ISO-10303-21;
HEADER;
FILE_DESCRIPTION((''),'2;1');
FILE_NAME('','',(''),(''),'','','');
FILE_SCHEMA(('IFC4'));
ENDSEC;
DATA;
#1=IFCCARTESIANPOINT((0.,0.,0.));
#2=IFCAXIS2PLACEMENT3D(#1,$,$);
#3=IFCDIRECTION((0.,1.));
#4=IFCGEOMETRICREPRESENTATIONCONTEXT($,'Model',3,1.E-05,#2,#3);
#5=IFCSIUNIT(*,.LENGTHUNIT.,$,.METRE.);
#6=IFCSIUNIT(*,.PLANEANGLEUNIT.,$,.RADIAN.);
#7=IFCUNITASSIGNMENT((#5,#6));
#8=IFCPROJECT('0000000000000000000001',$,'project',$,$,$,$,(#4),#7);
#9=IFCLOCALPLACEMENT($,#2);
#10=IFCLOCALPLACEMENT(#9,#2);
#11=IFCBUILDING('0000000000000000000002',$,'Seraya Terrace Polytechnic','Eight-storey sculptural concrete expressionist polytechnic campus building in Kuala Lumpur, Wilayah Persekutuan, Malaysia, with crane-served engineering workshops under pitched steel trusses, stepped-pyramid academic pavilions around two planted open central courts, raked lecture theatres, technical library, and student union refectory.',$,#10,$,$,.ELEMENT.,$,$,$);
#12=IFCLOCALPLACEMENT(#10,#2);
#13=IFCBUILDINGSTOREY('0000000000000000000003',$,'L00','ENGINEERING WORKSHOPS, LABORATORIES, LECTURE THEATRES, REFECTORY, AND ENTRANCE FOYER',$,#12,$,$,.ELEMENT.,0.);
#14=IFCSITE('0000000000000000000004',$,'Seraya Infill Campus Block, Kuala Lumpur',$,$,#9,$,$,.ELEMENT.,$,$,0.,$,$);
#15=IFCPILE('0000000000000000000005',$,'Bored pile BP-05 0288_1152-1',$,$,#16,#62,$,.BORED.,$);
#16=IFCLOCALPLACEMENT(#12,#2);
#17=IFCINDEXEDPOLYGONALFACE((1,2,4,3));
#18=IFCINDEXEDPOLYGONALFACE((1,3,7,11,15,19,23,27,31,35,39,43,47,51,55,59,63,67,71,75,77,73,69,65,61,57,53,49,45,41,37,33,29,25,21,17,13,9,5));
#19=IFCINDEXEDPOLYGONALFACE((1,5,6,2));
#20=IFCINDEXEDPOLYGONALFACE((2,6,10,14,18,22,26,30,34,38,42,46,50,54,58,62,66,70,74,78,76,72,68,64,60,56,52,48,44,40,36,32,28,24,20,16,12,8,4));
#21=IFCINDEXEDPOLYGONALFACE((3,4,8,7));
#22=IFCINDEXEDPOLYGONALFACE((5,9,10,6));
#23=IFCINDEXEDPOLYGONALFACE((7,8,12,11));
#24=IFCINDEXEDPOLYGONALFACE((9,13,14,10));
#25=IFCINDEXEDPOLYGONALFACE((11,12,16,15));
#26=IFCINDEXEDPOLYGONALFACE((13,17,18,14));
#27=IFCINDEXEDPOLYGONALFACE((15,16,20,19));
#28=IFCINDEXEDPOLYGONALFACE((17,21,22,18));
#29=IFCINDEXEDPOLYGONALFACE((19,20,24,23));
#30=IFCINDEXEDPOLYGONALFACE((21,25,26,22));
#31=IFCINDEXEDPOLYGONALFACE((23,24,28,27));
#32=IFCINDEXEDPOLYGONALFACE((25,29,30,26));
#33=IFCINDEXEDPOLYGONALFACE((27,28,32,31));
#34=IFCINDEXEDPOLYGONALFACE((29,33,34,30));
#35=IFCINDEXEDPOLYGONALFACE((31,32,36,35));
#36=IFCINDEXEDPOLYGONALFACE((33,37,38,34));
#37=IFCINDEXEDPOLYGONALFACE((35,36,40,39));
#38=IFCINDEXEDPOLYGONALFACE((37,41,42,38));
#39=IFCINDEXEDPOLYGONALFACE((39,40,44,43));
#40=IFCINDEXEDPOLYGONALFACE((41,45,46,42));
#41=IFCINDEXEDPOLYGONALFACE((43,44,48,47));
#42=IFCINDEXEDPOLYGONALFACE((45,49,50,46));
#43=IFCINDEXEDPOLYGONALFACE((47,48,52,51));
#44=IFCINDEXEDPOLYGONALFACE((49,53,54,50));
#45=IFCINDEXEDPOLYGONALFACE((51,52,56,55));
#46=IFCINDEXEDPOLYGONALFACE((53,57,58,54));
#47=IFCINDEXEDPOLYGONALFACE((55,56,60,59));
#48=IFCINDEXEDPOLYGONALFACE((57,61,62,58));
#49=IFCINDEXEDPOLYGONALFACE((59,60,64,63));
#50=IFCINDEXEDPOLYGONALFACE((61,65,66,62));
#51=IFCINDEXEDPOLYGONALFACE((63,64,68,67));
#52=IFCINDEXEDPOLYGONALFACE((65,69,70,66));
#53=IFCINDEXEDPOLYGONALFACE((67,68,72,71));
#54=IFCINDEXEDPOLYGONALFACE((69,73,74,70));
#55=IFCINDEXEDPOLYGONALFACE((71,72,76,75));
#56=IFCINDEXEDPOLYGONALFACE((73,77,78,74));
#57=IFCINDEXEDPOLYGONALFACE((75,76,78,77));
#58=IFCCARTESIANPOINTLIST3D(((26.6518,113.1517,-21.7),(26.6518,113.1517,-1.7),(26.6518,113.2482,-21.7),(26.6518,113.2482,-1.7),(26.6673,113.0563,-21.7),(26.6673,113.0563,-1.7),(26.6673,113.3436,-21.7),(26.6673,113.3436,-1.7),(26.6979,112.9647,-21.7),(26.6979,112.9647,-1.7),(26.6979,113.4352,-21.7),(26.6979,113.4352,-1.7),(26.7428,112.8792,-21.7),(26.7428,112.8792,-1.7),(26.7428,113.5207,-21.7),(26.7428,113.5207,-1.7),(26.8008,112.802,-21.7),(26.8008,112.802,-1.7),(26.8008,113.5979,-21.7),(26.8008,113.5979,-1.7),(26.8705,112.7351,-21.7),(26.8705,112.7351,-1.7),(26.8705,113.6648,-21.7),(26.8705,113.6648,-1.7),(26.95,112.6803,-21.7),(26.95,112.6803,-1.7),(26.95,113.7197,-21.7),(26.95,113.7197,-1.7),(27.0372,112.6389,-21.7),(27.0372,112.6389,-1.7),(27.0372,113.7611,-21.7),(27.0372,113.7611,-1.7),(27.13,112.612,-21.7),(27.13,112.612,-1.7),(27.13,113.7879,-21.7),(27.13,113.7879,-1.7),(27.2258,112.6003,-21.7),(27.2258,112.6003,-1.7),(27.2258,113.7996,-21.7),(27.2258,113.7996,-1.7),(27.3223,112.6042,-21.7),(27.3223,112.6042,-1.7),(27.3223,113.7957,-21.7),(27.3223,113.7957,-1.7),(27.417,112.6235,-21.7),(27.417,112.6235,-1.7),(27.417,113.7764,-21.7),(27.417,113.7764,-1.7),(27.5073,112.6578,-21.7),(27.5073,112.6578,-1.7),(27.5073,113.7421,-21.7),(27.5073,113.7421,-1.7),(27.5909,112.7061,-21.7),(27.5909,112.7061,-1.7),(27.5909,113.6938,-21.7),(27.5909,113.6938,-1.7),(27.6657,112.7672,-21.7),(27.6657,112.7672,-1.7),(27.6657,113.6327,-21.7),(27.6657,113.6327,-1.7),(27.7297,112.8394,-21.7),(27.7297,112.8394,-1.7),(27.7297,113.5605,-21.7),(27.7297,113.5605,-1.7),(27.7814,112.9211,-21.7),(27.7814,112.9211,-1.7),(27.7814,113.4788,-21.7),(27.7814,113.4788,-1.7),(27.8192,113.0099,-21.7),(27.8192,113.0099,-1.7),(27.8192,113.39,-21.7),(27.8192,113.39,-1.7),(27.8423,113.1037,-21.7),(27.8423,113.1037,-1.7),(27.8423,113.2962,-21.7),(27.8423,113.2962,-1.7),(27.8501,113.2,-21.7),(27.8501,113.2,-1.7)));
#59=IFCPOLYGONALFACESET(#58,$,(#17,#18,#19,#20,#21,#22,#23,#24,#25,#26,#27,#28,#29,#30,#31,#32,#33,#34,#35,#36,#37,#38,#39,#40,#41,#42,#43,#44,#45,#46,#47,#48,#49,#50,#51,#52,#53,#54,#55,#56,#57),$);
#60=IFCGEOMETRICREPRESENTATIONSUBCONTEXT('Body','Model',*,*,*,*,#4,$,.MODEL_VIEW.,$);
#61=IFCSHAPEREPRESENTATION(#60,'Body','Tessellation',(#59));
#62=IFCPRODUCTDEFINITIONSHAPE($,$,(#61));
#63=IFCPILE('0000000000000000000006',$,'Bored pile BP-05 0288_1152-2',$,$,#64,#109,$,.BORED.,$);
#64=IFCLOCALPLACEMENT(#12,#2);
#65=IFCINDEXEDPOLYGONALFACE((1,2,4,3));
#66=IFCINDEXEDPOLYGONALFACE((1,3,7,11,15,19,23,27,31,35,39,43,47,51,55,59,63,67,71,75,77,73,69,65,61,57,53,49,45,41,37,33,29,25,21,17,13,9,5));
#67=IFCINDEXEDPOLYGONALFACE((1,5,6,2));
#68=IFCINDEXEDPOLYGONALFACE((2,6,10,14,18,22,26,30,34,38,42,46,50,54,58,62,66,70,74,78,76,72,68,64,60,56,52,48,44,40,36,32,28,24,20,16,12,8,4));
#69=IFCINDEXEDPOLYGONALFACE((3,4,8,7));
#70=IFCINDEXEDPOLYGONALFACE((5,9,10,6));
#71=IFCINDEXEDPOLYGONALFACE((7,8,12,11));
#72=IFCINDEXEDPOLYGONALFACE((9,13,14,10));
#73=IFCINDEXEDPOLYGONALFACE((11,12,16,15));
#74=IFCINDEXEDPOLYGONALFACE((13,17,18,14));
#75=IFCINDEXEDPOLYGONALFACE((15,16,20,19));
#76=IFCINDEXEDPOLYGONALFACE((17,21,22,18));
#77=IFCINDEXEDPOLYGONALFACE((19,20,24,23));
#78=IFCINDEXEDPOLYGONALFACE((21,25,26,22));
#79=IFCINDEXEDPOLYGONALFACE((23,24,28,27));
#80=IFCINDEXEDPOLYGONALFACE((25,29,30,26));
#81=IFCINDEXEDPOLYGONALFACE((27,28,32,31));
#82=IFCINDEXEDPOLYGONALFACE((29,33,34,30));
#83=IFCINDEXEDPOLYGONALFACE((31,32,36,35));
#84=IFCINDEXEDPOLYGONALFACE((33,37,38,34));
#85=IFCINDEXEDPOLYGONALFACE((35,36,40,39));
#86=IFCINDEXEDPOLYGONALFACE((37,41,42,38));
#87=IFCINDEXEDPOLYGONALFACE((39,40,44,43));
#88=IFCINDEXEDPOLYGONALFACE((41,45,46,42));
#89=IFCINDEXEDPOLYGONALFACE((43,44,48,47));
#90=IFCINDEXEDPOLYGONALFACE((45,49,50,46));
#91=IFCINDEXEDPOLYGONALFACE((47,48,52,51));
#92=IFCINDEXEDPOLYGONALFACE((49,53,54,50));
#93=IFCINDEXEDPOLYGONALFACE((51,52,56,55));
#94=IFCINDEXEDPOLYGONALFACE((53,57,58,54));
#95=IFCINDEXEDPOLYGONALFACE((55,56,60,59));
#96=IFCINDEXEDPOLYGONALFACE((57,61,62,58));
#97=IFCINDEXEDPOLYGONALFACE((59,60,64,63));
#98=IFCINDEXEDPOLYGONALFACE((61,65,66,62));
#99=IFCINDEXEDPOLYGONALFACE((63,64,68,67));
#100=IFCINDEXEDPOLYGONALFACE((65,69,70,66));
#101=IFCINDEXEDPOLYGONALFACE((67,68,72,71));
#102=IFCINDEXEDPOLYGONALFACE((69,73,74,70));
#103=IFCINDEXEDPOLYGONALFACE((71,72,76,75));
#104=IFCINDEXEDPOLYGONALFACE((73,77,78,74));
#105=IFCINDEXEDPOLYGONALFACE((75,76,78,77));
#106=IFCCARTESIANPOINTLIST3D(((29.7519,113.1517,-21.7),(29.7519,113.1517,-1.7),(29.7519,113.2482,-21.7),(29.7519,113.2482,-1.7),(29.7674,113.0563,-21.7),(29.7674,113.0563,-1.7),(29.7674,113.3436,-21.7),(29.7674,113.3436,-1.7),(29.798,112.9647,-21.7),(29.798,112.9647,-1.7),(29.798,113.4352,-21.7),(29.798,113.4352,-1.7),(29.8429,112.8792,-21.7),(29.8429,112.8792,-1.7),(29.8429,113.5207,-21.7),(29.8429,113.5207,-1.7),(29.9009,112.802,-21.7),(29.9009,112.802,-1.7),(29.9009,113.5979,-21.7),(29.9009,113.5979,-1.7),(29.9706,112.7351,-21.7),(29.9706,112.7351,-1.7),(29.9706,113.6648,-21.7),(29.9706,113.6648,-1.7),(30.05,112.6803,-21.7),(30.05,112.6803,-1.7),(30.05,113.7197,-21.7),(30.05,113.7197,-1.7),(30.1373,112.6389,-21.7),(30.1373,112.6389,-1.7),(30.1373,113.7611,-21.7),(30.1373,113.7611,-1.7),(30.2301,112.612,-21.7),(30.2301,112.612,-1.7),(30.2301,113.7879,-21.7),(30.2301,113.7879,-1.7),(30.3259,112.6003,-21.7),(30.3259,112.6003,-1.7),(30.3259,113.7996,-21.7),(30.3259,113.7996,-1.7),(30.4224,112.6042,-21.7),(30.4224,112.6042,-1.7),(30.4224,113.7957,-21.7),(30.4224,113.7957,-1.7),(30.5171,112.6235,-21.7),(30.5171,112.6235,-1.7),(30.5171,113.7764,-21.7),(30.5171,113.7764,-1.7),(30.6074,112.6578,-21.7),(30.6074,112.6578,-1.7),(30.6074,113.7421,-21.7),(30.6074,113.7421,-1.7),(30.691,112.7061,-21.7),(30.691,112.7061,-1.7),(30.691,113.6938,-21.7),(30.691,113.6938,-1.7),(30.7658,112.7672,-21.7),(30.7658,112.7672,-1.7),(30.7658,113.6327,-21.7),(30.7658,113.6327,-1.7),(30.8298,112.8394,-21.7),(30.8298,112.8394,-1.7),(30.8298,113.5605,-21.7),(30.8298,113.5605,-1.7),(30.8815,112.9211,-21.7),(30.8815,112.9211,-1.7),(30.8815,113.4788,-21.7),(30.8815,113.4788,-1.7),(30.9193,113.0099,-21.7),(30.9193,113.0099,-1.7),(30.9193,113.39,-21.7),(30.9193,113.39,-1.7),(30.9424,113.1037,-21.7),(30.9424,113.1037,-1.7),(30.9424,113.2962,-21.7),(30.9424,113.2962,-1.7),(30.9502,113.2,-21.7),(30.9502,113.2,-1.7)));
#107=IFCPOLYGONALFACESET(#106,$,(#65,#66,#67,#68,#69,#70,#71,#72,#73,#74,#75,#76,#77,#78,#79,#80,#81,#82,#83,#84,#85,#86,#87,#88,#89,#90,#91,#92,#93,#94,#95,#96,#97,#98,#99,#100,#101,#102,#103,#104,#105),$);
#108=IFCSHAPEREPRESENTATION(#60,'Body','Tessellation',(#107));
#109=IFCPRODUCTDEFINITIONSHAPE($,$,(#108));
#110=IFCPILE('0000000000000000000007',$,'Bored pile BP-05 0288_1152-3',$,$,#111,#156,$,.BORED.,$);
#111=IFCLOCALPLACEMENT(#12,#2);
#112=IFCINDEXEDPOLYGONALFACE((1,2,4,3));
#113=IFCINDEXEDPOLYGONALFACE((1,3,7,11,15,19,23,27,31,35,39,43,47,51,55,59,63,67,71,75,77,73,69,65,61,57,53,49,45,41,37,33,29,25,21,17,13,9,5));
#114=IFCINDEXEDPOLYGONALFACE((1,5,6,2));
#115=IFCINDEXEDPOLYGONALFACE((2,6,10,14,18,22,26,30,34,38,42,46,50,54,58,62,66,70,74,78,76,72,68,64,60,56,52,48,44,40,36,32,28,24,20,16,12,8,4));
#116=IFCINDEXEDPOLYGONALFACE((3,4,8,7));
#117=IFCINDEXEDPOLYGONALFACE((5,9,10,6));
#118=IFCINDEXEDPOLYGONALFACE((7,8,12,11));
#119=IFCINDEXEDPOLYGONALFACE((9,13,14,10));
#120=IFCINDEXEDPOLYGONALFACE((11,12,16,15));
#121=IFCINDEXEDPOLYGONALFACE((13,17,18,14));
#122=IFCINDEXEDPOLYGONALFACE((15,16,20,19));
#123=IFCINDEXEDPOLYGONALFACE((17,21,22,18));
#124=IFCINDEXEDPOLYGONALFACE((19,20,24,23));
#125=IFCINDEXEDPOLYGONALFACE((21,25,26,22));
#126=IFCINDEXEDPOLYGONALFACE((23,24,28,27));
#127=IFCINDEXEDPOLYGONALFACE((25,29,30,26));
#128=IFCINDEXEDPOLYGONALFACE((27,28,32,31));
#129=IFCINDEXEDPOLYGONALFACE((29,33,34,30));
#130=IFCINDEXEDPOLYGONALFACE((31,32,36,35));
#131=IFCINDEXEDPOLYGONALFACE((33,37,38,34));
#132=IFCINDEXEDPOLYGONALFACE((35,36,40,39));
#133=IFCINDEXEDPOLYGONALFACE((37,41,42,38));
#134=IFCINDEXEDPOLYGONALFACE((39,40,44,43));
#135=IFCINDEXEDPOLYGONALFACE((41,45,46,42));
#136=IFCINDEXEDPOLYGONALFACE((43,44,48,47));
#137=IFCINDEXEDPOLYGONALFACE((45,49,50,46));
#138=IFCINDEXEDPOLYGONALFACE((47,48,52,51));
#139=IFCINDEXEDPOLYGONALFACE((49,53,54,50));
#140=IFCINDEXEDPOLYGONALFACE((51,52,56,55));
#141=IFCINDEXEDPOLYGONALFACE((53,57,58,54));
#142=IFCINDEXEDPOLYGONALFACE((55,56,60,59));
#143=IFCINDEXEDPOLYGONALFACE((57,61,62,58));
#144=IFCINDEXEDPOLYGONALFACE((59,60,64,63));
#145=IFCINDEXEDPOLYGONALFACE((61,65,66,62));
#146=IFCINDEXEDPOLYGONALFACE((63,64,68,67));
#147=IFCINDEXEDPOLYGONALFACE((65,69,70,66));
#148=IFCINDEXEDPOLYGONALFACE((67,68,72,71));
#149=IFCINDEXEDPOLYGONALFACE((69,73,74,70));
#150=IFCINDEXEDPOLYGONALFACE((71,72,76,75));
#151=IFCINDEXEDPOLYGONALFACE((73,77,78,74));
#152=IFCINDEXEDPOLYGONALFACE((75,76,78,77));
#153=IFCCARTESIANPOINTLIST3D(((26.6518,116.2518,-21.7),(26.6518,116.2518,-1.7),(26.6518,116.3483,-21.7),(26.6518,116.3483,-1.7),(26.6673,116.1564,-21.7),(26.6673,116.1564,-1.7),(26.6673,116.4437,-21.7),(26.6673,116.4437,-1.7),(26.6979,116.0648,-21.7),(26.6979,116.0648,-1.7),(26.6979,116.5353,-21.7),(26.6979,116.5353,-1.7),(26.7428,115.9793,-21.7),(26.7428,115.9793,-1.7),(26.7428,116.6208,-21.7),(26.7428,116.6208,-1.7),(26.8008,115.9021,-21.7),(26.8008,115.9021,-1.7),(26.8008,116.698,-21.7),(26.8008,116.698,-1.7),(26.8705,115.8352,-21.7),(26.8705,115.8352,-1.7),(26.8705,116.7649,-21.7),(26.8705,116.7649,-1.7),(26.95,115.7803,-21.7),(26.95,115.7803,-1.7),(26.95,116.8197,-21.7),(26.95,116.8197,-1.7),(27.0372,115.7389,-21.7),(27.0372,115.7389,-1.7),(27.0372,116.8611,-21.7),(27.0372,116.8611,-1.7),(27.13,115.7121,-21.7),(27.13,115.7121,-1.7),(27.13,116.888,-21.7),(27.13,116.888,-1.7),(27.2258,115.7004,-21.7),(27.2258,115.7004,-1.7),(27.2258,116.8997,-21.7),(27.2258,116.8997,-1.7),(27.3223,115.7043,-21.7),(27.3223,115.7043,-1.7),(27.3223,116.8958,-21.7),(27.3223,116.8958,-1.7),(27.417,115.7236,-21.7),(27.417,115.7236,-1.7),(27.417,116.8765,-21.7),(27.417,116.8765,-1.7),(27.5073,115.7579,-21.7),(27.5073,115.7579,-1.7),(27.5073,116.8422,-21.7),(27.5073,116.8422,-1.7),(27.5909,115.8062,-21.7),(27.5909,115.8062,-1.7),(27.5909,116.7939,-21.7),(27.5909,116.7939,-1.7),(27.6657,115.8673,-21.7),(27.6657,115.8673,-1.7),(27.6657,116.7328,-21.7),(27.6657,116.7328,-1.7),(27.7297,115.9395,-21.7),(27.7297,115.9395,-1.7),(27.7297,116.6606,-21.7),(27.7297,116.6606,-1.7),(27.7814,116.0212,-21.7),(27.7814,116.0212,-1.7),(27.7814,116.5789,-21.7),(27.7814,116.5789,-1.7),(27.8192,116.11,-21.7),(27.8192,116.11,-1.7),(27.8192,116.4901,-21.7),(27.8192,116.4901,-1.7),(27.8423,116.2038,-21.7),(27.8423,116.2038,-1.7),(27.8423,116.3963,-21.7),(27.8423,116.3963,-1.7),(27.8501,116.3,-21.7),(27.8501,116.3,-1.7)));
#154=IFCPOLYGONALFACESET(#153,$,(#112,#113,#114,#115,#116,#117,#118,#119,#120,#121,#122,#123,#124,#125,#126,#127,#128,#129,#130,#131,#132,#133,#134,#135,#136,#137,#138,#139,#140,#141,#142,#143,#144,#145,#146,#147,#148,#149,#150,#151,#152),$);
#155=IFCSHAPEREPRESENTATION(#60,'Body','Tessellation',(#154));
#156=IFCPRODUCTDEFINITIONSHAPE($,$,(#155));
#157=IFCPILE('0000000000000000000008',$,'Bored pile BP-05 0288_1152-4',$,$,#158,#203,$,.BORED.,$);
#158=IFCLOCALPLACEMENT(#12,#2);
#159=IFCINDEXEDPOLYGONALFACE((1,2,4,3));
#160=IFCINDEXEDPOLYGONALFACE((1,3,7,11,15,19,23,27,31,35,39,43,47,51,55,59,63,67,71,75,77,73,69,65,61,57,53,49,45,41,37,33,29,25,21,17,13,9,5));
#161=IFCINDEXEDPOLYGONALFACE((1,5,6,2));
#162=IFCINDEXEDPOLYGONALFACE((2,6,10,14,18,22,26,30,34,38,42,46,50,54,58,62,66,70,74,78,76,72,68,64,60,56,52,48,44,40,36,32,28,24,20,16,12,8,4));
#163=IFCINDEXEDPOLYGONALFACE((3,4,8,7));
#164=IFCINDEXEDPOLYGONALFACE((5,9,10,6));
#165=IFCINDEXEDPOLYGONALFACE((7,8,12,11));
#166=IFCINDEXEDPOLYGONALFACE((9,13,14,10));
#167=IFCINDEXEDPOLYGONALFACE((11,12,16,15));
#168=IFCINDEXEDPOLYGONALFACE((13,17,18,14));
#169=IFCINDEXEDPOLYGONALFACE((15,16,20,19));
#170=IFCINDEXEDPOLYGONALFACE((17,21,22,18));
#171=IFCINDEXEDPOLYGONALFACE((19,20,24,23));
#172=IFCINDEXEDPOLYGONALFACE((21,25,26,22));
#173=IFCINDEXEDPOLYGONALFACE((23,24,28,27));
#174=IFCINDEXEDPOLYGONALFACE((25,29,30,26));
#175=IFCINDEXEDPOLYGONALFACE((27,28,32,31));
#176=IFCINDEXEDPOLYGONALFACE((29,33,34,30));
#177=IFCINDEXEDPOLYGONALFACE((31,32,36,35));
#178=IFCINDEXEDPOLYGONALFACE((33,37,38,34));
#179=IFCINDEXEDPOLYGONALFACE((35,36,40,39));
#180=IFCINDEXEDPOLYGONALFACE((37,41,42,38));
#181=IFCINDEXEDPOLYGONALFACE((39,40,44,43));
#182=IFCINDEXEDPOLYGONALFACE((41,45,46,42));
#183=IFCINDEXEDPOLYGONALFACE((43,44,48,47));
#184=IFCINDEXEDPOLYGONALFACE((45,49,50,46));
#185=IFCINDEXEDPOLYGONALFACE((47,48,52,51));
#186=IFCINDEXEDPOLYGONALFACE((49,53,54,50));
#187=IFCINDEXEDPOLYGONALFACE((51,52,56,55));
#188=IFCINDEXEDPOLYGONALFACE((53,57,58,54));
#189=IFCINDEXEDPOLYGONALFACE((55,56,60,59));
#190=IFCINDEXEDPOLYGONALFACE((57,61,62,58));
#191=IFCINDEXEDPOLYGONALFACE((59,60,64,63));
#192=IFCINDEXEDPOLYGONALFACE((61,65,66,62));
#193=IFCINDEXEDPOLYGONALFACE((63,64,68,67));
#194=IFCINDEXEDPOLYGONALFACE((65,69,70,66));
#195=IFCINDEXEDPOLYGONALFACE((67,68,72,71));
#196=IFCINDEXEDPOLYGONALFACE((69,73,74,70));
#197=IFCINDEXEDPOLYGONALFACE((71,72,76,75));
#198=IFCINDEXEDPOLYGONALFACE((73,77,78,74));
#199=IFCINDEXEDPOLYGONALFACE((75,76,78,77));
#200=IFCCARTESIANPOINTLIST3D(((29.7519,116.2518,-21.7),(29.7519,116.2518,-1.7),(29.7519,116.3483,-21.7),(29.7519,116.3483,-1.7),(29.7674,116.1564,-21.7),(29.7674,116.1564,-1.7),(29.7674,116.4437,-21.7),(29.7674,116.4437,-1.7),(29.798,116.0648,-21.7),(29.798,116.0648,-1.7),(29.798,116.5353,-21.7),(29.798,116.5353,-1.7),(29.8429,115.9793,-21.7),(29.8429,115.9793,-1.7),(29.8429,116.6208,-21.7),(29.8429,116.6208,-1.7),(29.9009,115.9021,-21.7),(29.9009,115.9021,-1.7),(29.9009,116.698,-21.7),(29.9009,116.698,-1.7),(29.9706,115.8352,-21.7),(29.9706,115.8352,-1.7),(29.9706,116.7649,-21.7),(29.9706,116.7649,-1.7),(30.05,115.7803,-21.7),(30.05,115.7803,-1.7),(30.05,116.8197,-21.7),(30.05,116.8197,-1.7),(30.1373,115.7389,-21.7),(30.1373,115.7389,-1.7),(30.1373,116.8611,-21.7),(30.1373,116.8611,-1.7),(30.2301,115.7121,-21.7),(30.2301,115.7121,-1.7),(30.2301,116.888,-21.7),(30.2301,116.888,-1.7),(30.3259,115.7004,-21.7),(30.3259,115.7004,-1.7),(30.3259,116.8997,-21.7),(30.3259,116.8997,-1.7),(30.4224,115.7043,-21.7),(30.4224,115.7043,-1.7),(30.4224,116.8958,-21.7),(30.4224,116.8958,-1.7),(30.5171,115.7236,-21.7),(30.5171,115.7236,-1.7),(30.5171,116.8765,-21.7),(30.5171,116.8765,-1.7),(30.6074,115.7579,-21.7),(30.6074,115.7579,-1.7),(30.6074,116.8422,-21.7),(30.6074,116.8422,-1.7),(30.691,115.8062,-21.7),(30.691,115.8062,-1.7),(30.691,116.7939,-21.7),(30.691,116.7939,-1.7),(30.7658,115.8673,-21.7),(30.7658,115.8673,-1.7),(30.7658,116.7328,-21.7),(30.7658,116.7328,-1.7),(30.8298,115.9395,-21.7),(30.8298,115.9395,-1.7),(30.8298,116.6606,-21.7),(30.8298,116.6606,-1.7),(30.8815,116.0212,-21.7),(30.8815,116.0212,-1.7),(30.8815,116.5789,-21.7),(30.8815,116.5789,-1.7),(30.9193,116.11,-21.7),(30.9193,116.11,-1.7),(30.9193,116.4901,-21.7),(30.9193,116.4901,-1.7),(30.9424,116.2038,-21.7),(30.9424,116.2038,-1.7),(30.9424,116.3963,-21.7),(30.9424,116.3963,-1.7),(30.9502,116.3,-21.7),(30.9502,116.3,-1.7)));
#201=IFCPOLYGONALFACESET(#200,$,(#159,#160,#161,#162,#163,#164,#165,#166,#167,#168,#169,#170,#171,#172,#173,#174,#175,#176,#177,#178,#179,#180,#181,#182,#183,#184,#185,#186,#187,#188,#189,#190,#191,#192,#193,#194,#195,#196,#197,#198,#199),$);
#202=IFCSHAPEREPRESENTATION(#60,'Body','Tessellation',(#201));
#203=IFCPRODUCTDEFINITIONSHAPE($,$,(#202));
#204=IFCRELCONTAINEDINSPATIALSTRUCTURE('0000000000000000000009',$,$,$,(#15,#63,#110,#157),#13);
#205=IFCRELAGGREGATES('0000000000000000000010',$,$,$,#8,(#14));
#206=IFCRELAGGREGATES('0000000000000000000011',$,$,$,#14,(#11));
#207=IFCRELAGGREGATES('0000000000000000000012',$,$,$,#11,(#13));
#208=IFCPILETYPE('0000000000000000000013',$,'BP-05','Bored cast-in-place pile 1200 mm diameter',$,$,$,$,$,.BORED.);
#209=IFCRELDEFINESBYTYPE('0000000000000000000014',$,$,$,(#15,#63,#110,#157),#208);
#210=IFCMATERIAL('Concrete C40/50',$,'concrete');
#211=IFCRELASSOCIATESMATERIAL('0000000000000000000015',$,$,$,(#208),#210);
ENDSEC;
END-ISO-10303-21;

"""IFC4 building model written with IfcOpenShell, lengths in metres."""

from ifc_helpers import new_model, si_unit, direction, frame, origin, origin_2d, place, context, subcontext, project, spatial, circle, extrude, material, material_profile, profile_set, type_object, element, save


model = new_model("IFC4")

# Units and contexts
model_context = context("Model", 3, precision=1e-05, world=origin(), true_north=direction((0.0, 1.0)))
body_context = subcontext(model_context, "Body", "Model", "MODEL_VIEW")
ifc_project = project(units=[si_unit("LENGTHUNIT", "METRE"), si_unit("PLANEANGLEUNIT", "RADIAN")], contexts=[model_context])

# Site, building, storey
site_placement = place(None, origin())
site = spatial("IfcSite", under=ifc_project, at=site_placement, Name="Seraya Infill Campus Block, Kuala Lumpur", CompositionType="ELEMENT", RefElevation=0.0)
building_placement = place(site_placement, origin())
building = spatial("IfcBuilding", under=site, at=building_placement, Name="Seraya Terrace Polytechnic", Description="Eight-storey sculptural concrete expressionist polytechnic campus building in Kuala Lumpur, Wilayah Persekutuan, Malaysia, with crane-served engineering workshops under pitched steel trusses, stepped-pyramid academic pavilions around two planted open central courts, raked lecture theatres, technical library, and student union refectory.", CompositionType="ELEMENT")
storey_placement = place(building_placement, origin())
storey = spatial("IfcBuildingStorey", under=building, at=storey_placement, Name="L00", Description="ENGINEERING WORKSHOPS, LABORATORIES, LECTURE THEATRES, REFECTORY, AND ENTRANCE FOYER", CompositionType="ELEMENT", Elevation=0.0)

# Piles
ifc_material_1 = material(Name="Concrete C40/50", Category="concrete")
ifc_material_profile_1 = material_profile(ifc_material_1, circle(Radius=0.6001, at=origin_2d()), Name="DIA 1200")
ifc_profile_set_1 = profile_set([ifc_material_profile_1], Name="Concrete C40/50")
pile_type_1 = type_object("IfcPileType", Name="BP-05", Description="Bored cast-in-place pile 1200 mm diameter", PredefinedType="BORED", material=ifc_profile_set_1)
for number, where, z_axis, x_axis, name in (
    (1, (27.25, 113.2, -1.7), (0.0, 0.0, -1.0), (1.0, 0.0, 0.0), "Bored pile BP-05 0288_1152-1"),
    (2, (30.3501, 113.2, -1.7), (0.0, 0.0, -1.0), (1.0, 0.0, 0.0), "Bored pile BP-05 0288_1152-2"),
    (3, (27.25, 116.3, -1.7), (0.0, 0.0, -1.0), (1.0, 0.0, 0.0), "Bored pile BP-05 0288_1152-3"),
    (4, (30.3501, 116.3, -1.7), (0.0, 0.0, -1.0), (1.0, 0.0, 0.0), "Bored pile BP-05 0288_1152-4"),
):
    element("IfcPile", number, at=place(storey_placement, frame(where, z_axis=z_axis, x_axis=x_axis)), inside=storey, type_object=pile_type_1, Name=name, PredefinedType="BORED", context=body_context, shape_type="SweptSolid", body=[
        extrude(circle(Radius=0.6001, at=origin_2d()), origin(), (0.0, 0.0, 1.0), 20.0),
    ])

save(model, "model.ifc")
